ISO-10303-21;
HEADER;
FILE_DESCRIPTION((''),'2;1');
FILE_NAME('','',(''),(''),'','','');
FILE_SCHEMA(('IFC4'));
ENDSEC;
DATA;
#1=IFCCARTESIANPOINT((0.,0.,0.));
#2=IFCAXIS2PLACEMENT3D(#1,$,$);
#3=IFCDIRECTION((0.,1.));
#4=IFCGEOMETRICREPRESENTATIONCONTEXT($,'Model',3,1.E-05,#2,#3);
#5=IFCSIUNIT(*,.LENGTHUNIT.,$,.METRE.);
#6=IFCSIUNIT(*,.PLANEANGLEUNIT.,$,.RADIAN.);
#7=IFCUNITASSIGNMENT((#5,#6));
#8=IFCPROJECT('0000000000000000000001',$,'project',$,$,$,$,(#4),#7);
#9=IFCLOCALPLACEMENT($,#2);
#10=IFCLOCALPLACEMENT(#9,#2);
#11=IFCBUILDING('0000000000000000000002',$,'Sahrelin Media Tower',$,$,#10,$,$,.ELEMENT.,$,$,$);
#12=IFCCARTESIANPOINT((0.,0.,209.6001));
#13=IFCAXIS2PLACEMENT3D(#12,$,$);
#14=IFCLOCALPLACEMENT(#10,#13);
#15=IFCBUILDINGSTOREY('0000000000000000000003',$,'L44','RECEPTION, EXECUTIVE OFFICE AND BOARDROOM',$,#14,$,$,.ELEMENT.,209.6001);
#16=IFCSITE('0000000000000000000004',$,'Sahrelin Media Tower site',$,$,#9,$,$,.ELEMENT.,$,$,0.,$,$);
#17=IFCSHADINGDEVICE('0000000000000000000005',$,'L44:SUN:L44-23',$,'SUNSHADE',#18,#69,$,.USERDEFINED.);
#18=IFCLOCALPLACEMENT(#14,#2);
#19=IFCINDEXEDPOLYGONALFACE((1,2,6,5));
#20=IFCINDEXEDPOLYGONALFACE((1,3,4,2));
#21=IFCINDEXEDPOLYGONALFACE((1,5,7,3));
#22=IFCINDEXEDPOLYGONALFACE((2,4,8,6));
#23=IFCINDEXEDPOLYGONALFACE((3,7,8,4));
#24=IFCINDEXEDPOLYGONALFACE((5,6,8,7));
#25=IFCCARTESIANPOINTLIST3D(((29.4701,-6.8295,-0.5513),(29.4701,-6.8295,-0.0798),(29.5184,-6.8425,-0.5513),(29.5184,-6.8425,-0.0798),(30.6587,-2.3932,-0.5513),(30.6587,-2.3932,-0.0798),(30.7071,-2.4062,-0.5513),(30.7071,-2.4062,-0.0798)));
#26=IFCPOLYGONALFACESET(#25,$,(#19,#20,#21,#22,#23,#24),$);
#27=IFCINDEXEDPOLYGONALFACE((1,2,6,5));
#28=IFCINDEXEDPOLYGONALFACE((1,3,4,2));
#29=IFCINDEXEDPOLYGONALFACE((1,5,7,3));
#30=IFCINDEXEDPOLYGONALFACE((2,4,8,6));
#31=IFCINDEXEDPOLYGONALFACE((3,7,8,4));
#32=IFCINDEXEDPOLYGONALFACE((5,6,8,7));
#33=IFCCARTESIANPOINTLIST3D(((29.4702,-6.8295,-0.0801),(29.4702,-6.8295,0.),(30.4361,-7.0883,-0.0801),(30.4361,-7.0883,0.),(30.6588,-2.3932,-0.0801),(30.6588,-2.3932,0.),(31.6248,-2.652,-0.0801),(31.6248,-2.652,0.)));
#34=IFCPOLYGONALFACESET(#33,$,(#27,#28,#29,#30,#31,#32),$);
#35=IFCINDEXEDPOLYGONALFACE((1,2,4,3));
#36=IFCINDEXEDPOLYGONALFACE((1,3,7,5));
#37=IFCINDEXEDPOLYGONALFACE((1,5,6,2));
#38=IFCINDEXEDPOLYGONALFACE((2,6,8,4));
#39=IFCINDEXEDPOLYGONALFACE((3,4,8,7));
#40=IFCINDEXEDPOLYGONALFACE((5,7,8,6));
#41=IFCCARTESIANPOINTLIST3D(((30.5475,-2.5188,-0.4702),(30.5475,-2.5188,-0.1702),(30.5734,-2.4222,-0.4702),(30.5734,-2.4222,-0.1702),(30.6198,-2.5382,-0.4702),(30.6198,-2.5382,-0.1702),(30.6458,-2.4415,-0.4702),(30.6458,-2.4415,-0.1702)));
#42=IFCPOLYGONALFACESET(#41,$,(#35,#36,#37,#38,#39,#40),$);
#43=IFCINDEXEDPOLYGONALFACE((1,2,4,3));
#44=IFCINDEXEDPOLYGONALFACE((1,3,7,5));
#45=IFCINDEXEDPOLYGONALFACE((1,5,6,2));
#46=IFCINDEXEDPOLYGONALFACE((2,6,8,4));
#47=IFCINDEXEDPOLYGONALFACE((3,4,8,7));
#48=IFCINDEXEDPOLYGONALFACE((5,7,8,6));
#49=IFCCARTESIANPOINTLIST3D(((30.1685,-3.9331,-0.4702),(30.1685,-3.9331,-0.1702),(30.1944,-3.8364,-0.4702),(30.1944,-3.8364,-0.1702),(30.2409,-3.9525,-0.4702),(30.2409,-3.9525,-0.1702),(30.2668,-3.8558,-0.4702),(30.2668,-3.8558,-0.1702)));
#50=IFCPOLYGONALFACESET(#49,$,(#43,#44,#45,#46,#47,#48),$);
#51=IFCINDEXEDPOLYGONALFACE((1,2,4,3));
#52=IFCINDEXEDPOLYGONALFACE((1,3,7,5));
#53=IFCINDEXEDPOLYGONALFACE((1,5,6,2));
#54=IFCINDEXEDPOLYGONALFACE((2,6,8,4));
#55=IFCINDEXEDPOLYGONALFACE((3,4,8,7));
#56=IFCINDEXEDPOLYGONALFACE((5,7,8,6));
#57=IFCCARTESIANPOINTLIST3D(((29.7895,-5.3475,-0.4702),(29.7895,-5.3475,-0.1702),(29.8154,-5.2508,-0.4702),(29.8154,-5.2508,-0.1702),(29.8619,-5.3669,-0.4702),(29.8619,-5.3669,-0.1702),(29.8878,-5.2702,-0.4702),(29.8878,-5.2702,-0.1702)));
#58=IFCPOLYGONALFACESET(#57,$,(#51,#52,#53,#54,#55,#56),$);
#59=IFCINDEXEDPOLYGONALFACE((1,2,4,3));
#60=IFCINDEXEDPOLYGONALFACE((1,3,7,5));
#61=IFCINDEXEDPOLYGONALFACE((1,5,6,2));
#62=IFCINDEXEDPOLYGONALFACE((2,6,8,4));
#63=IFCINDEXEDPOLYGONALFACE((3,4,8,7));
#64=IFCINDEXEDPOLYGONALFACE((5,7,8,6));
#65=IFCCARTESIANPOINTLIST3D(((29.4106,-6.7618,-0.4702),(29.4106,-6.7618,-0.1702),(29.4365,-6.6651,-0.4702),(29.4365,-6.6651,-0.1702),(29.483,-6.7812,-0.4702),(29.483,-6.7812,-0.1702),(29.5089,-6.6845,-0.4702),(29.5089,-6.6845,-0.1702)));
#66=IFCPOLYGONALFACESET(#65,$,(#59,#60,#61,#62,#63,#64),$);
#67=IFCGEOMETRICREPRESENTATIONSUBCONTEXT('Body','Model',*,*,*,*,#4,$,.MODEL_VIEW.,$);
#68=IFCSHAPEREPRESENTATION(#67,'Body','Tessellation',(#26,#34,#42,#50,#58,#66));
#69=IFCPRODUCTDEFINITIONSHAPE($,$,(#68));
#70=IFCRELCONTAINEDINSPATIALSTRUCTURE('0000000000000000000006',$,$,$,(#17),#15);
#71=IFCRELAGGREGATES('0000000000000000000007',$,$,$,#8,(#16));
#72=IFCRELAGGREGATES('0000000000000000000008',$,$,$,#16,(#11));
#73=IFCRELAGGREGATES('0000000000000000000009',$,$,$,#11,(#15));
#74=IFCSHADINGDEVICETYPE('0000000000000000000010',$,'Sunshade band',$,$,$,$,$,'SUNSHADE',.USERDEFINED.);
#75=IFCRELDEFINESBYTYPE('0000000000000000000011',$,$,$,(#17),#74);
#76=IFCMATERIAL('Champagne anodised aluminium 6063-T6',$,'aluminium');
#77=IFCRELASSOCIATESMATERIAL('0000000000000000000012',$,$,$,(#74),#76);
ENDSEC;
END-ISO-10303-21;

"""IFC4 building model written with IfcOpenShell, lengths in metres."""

from ifc_helpers import new_model, si_unit, direction, frame, origin, origin_2d, place, context, subcontext, project, spatial, rectangle, extrude, material, type_object, element, save


model = new_model("IFC4")

# Units and contexts
model_context = context("Model", 3, precision=1e-05, world=origin(), true_north=direction((0.0, 1.0)))
body_context = subcontext(model_context, "Body", "Model", "MODEL_VIEW")
ifc_project = project(units=[si_unit("LENGTHUNIT", "METRE"), si_unit("PLANEANGLEUNIT", "RADIAN")], contexts=[model_context])

# Site, building, storey
site_placement = place(None, origin())
site = spatial("IfcSite", under=ifc_project, at=site_placement, Name="Sahrelin Media Tower site", CompositionType="ELEMENT", RefElevation=0.0)
building_placement = place(site_placement, origin())
building = spatial("IfcBuilding", under=site, at=building_placement, Name="Sahrelin Media Tower", CompositionType="ELEMENT")
storey_placement = place(building_placement, frame((0.0, 0.0, 209.6001)))
storey = spatial("IfcBuildingStorey", under=building, at=storey_placement, Name="L44", Description="RECEPTION, EXECUTIVE OFFICE AND BOARDROOM", CompositionType="ELEMENT", Elevation=209.6001)

# Shared definitions
ifc_material_1 = material(Name="Champagne anodised aluminium 6063-T6", Category="aluminium")

# Shading device
placement_1 = place(storey_placement, frame((30.0452, -4.6062, 0.0), z_axis=(0.0, 0.0, 1.0), x_axis=(-0.258808, -0.965929, 0.0)))
shading_device_type_1 = type_object("IfcShadingDeviceType", Name="Sunshade band", ElementType="SUNSHADE", PredefinedType="USERDEFINED", material=ifc_material_1)
element("IfcShadingDevice", 1, at=placement_1, inside=storey, type_object=shading_device_type_1, Name="L44:SUN:L44-23", ObjectType="SUNSHADE", PredefinedType="USERDEFINED", context=body_context, shape_type="SweptSolid", body=[
    extrude(rectangle(XDim=4.5928, YDim=0.05, at=origin_2d()), frame((0.0, 0.0449, -0.5513)), (0.0, 0.0, 1.0), 0.4714),
    extrude(rectangle(XDim=4.5928, YDim=1.0, at=origin_2d()), frame((0.0, 0.52, -0.0801)), (0.0, 0.0, 1.0), 0.0801),
    extrude(rectangle(XDim=0.1001, YDim=0.075, at=origin_2d()), frame((-2.1963, -0.0176, -0.4702)), (0.0, 0.0, 1.0), 0.3),
    extrude(rectangle(XDim=0.1001, YDim=0.075, at=origin_2d()), frame((-0.7322, -0.0176, -0.4702)), (0.0, 0.0, 1.0), 0.3),
    extrude(rectangle(XDim=0.1001, YDim=0.075, at=origin_2d()), frame((0.7322, -0.0176, -0.4702)), (0.0, 0.0, 1.0), 0.3),
    extrude(rectangle(XDim=0.1001, YDim=0.075, at=origin_2d()), frame((2.1963, -0.0176, -0.4702)), (0.0, 0.0, 1.0), 0.3),
])

save(model, "model.ifc")
